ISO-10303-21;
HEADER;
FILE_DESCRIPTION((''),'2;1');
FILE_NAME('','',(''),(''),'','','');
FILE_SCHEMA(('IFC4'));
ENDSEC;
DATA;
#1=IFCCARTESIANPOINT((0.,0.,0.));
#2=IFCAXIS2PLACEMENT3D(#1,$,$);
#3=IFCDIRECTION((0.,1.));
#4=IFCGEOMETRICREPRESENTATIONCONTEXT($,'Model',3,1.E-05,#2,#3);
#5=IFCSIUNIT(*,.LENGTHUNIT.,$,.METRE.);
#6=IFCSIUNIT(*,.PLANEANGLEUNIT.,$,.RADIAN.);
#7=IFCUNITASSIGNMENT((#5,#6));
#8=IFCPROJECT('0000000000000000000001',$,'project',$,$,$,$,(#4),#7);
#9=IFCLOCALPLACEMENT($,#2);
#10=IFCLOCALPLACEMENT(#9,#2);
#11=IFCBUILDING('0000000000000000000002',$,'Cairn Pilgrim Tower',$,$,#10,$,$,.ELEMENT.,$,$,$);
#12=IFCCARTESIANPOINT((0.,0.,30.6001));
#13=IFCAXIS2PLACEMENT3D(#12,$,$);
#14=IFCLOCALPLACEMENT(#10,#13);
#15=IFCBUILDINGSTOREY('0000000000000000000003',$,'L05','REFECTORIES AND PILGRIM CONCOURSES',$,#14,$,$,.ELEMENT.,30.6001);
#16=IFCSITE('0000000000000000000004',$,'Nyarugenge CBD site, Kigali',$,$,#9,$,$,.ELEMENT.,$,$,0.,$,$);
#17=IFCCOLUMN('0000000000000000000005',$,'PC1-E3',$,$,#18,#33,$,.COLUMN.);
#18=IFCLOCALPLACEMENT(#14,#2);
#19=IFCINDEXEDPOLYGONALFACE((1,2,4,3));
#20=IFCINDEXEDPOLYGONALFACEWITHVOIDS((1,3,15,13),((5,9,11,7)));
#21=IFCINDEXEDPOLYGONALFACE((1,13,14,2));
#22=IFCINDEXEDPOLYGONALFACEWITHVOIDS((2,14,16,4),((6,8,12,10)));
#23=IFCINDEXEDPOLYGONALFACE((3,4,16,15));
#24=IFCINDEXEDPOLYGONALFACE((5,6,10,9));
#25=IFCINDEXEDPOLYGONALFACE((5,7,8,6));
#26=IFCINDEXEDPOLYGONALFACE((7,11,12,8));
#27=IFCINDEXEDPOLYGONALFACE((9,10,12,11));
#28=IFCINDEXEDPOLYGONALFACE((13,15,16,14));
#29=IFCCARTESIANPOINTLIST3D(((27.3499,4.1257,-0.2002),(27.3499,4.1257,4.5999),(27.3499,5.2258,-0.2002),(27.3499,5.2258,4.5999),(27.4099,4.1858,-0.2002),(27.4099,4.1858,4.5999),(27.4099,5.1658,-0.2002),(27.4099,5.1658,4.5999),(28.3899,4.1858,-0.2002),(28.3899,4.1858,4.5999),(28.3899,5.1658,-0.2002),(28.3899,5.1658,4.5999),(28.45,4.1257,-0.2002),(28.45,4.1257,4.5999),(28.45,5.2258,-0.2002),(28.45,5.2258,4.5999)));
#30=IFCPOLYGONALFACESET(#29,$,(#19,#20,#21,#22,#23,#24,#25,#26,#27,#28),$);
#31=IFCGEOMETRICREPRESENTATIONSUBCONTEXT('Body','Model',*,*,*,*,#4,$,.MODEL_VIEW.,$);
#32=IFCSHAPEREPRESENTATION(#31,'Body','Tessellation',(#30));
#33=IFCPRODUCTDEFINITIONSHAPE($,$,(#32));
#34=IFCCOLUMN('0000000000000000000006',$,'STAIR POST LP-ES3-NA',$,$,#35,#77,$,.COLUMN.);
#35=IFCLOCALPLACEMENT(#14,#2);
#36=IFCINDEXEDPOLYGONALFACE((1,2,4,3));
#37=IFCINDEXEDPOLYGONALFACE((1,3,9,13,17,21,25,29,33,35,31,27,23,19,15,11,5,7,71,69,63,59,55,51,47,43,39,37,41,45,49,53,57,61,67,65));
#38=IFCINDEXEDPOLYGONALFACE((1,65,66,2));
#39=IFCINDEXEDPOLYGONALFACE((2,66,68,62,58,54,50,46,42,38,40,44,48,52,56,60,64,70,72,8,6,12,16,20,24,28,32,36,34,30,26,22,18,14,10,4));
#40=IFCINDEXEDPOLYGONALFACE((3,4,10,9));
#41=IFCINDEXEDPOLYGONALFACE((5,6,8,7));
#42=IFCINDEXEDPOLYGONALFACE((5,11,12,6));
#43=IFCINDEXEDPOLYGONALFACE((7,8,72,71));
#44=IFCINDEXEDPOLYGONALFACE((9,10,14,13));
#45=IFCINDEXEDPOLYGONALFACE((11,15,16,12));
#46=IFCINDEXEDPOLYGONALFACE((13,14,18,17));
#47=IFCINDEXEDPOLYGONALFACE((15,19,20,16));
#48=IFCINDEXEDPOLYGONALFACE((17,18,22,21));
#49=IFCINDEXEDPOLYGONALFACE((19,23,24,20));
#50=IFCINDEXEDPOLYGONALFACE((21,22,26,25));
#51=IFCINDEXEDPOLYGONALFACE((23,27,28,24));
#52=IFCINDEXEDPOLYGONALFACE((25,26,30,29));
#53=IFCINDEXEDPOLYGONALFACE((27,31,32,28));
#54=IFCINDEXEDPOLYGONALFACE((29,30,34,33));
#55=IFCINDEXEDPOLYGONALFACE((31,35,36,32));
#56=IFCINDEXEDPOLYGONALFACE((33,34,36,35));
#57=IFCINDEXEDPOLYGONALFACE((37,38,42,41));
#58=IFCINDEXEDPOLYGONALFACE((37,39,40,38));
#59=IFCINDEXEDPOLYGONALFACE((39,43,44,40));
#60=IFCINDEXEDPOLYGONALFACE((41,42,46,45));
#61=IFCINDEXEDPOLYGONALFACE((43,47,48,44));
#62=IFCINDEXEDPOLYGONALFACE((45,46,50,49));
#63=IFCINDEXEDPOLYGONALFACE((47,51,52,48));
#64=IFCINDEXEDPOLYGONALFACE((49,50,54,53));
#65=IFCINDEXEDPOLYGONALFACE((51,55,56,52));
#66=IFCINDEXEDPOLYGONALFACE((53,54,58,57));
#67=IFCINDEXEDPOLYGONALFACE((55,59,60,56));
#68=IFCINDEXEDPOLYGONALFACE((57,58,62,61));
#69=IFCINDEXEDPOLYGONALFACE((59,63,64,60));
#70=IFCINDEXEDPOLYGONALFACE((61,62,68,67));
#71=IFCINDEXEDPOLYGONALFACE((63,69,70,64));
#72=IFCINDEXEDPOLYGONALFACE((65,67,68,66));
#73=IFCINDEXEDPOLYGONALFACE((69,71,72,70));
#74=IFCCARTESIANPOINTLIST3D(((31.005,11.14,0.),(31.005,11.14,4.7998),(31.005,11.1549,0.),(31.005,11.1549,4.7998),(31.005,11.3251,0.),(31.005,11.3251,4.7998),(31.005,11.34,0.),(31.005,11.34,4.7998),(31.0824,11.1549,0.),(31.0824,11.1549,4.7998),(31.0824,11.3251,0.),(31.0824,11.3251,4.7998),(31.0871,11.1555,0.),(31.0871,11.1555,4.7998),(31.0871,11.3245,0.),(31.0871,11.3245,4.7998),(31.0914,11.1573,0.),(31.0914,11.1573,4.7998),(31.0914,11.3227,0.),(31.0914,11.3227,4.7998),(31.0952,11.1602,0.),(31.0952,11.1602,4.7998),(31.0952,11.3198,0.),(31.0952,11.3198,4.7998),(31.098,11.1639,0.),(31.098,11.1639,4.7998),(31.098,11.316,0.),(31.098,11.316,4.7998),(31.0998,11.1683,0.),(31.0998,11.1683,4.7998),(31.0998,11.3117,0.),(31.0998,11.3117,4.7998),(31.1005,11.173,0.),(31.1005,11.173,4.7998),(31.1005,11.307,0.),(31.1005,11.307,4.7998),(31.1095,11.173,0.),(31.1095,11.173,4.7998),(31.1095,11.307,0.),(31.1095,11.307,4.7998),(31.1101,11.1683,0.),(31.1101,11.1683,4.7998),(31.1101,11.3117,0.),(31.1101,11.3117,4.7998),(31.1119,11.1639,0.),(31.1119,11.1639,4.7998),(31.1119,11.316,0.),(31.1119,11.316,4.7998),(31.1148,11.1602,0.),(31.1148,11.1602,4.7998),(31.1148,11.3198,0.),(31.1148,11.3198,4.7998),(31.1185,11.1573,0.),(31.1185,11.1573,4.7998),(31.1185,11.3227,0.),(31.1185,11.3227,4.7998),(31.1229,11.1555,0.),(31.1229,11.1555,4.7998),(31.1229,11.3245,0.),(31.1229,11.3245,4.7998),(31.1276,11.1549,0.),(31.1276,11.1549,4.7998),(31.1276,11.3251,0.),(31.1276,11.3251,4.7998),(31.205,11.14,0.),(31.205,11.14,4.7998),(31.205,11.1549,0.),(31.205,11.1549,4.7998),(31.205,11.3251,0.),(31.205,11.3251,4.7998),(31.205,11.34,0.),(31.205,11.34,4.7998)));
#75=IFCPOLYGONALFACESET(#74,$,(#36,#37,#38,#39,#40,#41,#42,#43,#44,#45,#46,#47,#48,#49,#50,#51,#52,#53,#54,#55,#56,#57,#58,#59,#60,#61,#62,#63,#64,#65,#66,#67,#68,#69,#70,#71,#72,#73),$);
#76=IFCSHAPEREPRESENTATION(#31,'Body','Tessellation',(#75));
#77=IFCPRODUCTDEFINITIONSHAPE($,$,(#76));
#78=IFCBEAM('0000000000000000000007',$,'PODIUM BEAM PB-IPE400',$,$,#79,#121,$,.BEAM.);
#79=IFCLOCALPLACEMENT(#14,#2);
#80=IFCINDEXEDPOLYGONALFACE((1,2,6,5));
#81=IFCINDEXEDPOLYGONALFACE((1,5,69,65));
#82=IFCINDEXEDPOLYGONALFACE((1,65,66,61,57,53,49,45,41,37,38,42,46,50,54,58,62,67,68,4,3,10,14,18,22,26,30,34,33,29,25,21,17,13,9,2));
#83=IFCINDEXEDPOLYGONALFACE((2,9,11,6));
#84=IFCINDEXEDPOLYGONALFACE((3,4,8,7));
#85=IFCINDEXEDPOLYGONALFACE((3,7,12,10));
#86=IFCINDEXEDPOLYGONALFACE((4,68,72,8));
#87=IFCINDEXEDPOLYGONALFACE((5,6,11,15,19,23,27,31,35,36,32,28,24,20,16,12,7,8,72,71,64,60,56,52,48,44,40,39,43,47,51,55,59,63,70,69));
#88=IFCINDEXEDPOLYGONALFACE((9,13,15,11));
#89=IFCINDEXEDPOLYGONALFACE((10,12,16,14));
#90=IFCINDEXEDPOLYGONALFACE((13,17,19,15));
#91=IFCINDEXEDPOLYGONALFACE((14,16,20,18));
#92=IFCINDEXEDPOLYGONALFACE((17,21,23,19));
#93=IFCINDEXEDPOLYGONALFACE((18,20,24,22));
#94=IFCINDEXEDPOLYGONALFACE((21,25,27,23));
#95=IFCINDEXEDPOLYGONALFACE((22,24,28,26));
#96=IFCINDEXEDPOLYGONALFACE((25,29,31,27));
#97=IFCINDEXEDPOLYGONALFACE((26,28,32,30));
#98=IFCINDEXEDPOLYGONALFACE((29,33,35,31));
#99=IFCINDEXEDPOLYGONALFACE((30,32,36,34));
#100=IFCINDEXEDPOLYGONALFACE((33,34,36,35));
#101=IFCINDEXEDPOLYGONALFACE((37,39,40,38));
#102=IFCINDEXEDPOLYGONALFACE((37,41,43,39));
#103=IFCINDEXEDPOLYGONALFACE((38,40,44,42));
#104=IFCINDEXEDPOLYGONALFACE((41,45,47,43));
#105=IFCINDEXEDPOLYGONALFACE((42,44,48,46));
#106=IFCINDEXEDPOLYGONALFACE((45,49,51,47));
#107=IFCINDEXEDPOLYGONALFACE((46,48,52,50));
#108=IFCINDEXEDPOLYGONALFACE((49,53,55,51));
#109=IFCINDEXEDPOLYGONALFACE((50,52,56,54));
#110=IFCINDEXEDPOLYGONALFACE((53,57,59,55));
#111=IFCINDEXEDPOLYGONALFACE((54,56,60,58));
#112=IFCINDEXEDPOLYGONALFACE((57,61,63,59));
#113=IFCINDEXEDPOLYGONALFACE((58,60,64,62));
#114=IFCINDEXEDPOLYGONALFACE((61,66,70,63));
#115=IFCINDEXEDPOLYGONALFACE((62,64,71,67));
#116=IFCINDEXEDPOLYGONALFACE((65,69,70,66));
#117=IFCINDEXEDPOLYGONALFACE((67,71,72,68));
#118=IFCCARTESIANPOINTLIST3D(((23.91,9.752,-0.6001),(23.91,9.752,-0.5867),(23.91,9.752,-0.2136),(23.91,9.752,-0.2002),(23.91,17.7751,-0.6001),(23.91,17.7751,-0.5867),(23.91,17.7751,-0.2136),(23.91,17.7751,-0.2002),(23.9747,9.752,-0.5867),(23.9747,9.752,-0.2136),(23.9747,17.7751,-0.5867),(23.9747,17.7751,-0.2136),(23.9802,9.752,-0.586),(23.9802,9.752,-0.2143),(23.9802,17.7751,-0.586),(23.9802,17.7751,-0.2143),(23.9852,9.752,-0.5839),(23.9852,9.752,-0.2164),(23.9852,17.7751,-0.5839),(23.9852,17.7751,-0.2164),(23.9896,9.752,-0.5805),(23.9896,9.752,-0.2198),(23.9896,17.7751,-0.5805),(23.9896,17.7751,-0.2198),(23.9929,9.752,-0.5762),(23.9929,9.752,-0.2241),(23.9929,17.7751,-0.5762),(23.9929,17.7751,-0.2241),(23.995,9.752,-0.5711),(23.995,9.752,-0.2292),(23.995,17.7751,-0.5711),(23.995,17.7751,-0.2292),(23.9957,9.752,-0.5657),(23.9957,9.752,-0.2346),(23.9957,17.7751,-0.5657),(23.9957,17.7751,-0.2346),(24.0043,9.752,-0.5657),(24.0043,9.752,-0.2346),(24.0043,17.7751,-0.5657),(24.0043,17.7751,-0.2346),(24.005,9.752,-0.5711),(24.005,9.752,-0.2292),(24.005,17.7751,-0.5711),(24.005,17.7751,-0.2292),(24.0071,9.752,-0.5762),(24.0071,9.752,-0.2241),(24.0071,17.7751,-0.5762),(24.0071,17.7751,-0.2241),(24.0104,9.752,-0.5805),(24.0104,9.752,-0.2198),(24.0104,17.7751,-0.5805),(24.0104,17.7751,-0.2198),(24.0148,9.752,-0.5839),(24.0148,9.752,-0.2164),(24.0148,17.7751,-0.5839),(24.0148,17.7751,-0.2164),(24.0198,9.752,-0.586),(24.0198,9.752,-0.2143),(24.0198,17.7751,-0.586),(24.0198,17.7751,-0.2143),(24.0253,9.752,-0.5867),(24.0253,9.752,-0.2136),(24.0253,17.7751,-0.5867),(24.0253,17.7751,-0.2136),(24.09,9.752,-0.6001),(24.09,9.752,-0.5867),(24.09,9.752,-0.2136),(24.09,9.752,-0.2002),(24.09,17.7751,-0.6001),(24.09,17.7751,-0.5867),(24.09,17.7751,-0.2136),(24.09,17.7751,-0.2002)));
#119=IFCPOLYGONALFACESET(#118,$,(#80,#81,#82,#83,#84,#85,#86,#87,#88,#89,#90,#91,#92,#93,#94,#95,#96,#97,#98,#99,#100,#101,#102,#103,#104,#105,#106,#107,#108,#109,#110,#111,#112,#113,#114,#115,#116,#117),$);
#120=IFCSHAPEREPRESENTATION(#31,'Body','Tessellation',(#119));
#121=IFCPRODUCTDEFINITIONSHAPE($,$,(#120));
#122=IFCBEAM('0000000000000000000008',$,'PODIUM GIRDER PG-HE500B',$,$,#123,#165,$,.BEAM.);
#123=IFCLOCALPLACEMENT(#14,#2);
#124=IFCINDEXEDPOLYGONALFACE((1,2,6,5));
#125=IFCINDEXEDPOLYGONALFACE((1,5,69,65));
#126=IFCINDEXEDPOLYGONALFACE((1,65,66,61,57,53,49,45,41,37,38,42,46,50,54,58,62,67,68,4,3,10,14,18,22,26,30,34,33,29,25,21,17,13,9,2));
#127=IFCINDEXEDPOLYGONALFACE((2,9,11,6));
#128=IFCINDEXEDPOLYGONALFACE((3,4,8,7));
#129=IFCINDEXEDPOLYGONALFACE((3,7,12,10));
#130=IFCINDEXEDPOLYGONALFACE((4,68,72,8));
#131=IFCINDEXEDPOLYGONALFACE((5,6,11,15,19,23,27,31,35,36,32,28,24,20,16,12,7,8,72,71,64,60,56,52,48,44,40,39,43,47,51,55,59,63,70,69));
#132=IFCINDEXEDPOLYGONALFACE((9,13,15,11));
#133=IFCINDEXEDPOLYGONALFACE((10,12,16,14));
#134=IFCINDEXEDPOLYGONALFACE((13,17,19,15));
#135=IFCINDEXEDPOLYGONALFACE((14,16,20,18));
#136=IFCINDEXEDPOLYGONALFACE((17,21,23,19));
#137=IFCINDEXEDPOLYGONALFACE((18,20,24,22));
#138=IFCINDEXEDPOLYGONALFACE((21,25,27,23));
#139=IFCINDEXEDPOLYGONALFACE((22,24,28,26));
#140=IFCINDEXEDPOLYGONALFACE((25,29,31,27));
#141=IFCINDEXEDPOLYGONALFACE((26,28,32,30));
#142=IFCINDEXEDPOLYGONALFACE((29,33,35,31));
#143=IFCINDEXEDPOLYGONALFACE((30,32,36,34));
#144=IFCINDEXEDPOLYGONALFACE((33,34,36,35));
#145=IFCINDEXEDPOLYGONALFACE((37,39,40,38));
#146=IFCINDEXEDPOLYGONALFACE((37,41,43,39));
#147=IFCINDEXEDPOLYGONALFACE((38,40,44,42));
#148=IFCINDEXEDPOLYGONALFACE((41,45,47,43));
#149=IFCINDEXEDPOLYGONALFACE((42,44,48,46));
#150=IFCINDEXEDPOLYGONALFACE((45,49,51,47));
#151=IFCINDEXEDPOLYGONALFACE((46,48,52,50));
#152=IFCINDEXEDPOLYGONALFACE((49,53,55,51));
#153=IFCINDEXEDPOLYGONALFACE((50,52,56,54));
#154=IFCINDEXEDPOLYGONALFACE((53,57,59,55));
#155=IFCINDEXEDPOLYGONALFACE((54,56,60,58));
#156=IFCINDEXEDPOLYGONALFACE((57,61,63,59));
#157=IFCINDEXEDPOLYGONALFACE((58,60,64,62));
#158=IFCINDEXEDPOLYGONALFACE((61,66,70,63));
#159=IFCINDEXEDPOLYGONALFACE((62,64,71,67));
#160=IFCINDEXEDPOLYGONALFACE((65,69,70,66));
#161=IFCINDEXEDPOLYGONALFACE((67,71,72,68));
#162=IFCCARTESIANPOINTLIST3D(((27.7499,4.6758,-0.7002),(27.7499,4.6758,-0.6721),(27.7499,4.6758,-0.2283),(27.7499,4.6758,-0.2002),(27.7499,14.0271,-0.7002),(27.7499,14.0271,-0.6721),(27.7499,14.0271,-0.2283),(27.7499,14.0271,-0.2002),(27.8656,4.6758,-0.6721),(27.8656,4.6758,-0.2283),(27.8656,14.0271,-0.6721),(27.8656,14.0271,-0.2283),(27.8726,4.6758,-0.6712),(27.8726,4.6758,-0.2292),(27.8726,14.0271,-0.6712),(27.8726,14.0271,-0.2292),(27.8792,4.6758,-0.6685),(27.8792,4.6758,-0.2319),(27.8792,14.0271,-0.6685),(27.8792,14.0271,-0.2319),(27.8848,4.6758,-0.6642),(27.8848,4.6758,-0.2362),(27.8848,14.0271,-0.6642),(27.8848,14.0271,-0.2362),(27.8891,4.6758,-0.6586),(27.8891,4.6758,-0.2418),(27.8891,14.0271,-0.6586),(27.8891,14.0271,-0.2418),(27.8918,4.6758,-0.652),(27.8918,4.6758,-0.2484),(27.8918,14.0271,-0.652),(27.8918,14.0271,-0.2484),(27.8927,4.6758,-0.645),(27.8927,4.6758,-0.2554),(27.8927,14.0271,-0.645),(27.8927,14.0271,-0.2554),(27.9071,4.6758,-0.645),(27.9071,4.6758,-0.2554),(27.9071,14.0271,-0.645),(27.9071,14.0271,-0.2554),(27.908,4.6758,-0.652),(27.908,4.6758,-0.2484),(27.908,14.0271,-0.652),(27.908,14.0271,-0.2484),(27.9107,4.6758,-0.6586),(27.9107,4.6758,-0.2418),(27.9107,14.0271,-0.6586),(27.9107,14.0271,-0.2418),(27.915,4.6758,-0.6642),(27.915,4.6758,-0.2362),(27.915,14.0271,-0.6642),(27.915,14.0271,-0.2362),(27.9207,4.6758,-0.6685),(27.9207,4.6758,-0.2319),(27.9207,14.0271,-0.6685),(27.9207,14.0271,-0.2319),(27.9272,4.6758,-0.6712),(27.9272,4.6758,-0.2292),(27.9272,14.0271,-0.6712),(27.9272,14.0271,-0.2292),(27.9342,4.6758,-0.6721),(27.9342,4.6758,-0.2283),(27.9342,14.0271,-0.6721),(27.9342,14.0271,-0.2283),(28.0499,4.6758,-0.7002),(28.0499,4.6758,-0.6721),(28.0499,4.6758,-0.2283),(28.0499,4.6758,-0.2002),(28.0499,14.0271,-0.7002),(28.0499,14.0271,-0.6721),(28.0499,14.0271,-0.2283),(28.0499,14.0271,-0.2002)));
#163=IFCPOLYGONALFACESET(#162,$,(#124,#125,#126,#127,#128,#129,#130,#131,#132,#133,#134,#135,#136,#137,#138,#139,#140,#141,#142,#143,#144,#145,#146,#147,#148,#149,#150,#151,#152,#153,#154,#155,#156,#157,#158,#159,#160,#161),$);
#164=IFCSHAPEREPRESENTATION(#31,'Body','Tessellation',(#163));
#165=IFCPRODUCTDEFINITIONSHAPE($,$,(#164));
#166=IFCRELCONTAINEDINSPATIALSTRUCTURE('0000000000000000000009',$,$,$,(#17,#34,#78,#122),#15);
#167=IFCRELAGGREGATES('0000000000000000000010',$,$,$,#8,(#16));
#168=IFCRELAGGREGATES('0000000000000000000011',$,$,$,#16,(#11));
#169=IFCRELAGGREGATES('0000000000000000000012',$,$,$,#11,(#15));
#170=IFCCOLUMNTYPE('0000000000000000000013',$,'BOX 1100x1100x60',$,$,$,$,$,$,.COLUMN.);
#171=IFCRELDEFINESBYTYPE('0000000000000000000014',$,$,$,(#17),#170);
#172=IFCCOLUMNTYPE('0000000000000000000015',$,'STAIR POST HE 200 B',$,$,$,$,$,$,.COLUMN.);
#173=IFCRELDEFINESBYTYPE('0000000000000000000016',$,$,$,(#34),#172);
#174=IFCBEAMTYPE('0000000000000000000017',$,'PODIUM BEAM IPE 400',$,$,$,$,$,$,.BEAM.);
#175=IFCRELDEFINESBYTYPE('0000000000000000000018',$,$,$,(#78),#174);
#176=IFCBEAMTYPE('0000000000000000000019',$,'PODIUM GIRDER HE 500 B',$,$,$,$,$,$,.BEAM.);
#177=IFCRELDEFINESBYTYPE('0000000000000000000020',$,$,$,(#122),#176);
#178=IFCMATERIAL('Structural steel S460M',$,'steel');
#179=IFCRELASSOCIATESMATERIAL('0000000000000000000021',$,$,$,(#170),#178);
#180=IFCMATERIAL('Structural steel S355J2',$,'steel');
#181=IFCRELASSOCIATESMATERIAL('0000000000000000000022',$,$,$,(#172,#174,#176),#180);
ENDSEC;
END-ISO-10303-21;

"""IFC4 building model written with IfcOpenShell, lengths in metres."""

from ifc_helpers import new_model, si_unit, direction, frame, origin, origin_2d, place, context, subcontext, project, spatial, hollow_rectangle, i_section, extrude, material, material_profile, profile_set, type_object, element, save


model = new_model("IFC4")

# Units and contexts
model_context = context("Model", 3, precision=1e-05, world=origin(), true_north=direction((0.0, 1.0)))
body_context = subcontext(model_context, "Body", "Model", "MODEL_VIEW")
ifc_project = project(units=[si_unit("LENGTHUNIT", "METRE"), si_unit("PLANEANGLEUNIT", "RADIAN")], contexts=[model_context])

# Site, building, storey
site_placement = place(None, origin())
site = spatial("IfcSite", under=ifc_project, at=site_placement, Name="Nyarugenge CBD site, Kigali", CompositionType="ELEMENT", RefElevation=0.0)
building_placement = place(site_placement, origin())
building = spatial("IfcBuilding", under=site, at=building_placement, Name="Cairn Pilgrim Tower", CompositionType="ELEMENT")
storey_placement = place(building_placement, frame((0.0, 0.0, 30.6001)))
storey = spatial("IfcBuildingStorey", under=building, at=storey_placement, Name="L05", Description="REFECTORIES AND PILGRIM CONCOURSES", CompositionType="ELEMENT", Elevation=30.6001)

# Columns
ifc_material_1 = material(Name="Structural steel S460M", Category="steel")
ifc_material_profile_1 = material_profile(ifc_material_1, hollow_rectangle(XDim=1.1001, YDim=1.1001, WallThickness=0.0601, at=origin_2d()), Name="BOX 1100x1100x60")
ifc_profile_set_1 = profile_set([ifc_material_profile_1], Name="Structural steel S460M")
column_type_1 = type_object("IfcColumnType", Name="BOX 1100x1100x60", PredefinedType="COLUMN", material=ifc_profile_set_1)
column_1_placement = place(storey_placement, frame((27.8999, 4.6758, -0.2002), z_axis=(0.0, 0.0, 1.0), x_axis=(1.0, 0.0, 0.0)))
element("IfcColumn", 1, at=column_1_placement, inside=storey, type_object=column_type_1, Name="PC1-E3", PredefinedType="COLUMN", context=body_context, shape_type="SweptSolid", body=[
    extrude(hollow_rectangle(XDim=1.1001, YDim=1.1001, WallThickness=0.0601, at=origin_2d()), origin(), (0.0, 0.0, 1.0), 4.8),
])
ifc_material_2 = material(Name="Structural steel S355J2", Category="steel")
ifc_material_profile_2 = material_profile(ifc_material_2, i_section(OverallWidth=0.2, OverallDepth=0.2, WebThickness=0.009, FlangeThickness=0.0149, FilletRadius=0.0181, at=origin_2d()), Name="HE 200 B")
ifc_profile_set_2 = profile_set([ifc_material_profile_2], Name="Structural steel S355J2")
column_type_2 = type_object("IfcColumnType", Name="STAIR POST HE 200 B", PredefinedType="COLUMN", material=ifc_profile_set_2)
column_2_placement = place(storey_placement, frame((31.105, 11.24, 0.0), z_axis=(0.0, 0.0, 1.0), x_axis=(1.0, 0.0, 0.0)))
element("IfcColumn", 2, at=column_2_placement, inside=storey, type_object=column_type_2, Name="STAIR POST LP-ES3-NA", PredefinedType="COLUMN", context=body_context, shape_type="SweptSolid", body=[
    extrude(i_section(OverallWidth=0.2, OverallDepth=0.2, WebThickness=0.009, FlangeThickness=0.0149, FilletRadius=0.0181, at=origin_2d()), origin(), (0.0, 0.0, 1.0), 4.7998),
])

# Beams
ifc_material_profile_3 = material_profile(ifc_material_2, i_section(OverallWidth=0.1799, OverallDepth=0.3999, WebThickness=0.0085, FlangeThickness=0.0134, FilletRadius=0.021, at=origin_2d()), Name="IPE 400")
ifc_profile_set_3 = profile_set([ifc_material_profile_3], Name="Structural steel S355J2")
beam_type_1 = type_object("IfcBeamType", Name="PODIUM BEAM IPE 400", PredefinedType="BEAM", material=ifc_profile_set_3)
beam_1_placement = place(storey_placement, frame((24.0, 9.752, -0.4001), z_axis=(0.0, 1.0, 0.0), x_axis=(-1.0, 0.0, 0.0)))
element("IfcBeam", 3, at=beam_1_placement, inside=storey, type_object=beam_type_1, Name="PODIUM BEAM PB-IPE400", PredefinedType="BEAM", context=body_context, shape_type="SweptSolid", body=[
    extrude(i_section(OverallWidth=0.1799, OverallDepth=0.3999, WebThickness=0.0085, FlangeThickness=0.0134, FilletRadius=0.021, at=origin_2d()), origin(), (0.0, 0.0, 1.0), 8.0232),
])
ifc_material_profile_4 = material_profile(ifc_material_2, i_section(OverallWidth=0.3, OverallDepth=0.5, WebThickness=0.0144, FlangeThickness=0.0281, FilletRadius=0.0271, at=origin_2d()), Name="HEB 500")
ifc_profile_set_4 = profile_set([ifc_material_profile_4], Name="Structural steel S355J2")
beam_type_2 = type_object("IfcBeamType", Name="PODIUM GIRDER HE 500 B", PredefinedType="BEAM", material=ifc_profile_set_4)
beam_2_placement = place(storey_placement, frame((27.8999, 4.6758, -0.4502), z_axis=(0.0, 1.0, 0.0), x_axis=(-1.0, 0.0, 0.0)))
element("IfcBeam", 4, at=beam_2_placement, inside=storey, type_object=beam_type_2, Name="PODIUM GIRDER PG-HE500B", PredefinedType="BEAM", context=body_context, shape_type="SweptSolid", body=[
    extrude(i_section(OverallWidth=0.3, OverallDepth=0.5, WebThickness=0.0144, FlangeThickness=0.0281, FilletRadius=0.0271, at=origin_2d()), origin(), (0.0, 0.0, 1.0), 9.3513),
])

save(model, "model.ifc")
